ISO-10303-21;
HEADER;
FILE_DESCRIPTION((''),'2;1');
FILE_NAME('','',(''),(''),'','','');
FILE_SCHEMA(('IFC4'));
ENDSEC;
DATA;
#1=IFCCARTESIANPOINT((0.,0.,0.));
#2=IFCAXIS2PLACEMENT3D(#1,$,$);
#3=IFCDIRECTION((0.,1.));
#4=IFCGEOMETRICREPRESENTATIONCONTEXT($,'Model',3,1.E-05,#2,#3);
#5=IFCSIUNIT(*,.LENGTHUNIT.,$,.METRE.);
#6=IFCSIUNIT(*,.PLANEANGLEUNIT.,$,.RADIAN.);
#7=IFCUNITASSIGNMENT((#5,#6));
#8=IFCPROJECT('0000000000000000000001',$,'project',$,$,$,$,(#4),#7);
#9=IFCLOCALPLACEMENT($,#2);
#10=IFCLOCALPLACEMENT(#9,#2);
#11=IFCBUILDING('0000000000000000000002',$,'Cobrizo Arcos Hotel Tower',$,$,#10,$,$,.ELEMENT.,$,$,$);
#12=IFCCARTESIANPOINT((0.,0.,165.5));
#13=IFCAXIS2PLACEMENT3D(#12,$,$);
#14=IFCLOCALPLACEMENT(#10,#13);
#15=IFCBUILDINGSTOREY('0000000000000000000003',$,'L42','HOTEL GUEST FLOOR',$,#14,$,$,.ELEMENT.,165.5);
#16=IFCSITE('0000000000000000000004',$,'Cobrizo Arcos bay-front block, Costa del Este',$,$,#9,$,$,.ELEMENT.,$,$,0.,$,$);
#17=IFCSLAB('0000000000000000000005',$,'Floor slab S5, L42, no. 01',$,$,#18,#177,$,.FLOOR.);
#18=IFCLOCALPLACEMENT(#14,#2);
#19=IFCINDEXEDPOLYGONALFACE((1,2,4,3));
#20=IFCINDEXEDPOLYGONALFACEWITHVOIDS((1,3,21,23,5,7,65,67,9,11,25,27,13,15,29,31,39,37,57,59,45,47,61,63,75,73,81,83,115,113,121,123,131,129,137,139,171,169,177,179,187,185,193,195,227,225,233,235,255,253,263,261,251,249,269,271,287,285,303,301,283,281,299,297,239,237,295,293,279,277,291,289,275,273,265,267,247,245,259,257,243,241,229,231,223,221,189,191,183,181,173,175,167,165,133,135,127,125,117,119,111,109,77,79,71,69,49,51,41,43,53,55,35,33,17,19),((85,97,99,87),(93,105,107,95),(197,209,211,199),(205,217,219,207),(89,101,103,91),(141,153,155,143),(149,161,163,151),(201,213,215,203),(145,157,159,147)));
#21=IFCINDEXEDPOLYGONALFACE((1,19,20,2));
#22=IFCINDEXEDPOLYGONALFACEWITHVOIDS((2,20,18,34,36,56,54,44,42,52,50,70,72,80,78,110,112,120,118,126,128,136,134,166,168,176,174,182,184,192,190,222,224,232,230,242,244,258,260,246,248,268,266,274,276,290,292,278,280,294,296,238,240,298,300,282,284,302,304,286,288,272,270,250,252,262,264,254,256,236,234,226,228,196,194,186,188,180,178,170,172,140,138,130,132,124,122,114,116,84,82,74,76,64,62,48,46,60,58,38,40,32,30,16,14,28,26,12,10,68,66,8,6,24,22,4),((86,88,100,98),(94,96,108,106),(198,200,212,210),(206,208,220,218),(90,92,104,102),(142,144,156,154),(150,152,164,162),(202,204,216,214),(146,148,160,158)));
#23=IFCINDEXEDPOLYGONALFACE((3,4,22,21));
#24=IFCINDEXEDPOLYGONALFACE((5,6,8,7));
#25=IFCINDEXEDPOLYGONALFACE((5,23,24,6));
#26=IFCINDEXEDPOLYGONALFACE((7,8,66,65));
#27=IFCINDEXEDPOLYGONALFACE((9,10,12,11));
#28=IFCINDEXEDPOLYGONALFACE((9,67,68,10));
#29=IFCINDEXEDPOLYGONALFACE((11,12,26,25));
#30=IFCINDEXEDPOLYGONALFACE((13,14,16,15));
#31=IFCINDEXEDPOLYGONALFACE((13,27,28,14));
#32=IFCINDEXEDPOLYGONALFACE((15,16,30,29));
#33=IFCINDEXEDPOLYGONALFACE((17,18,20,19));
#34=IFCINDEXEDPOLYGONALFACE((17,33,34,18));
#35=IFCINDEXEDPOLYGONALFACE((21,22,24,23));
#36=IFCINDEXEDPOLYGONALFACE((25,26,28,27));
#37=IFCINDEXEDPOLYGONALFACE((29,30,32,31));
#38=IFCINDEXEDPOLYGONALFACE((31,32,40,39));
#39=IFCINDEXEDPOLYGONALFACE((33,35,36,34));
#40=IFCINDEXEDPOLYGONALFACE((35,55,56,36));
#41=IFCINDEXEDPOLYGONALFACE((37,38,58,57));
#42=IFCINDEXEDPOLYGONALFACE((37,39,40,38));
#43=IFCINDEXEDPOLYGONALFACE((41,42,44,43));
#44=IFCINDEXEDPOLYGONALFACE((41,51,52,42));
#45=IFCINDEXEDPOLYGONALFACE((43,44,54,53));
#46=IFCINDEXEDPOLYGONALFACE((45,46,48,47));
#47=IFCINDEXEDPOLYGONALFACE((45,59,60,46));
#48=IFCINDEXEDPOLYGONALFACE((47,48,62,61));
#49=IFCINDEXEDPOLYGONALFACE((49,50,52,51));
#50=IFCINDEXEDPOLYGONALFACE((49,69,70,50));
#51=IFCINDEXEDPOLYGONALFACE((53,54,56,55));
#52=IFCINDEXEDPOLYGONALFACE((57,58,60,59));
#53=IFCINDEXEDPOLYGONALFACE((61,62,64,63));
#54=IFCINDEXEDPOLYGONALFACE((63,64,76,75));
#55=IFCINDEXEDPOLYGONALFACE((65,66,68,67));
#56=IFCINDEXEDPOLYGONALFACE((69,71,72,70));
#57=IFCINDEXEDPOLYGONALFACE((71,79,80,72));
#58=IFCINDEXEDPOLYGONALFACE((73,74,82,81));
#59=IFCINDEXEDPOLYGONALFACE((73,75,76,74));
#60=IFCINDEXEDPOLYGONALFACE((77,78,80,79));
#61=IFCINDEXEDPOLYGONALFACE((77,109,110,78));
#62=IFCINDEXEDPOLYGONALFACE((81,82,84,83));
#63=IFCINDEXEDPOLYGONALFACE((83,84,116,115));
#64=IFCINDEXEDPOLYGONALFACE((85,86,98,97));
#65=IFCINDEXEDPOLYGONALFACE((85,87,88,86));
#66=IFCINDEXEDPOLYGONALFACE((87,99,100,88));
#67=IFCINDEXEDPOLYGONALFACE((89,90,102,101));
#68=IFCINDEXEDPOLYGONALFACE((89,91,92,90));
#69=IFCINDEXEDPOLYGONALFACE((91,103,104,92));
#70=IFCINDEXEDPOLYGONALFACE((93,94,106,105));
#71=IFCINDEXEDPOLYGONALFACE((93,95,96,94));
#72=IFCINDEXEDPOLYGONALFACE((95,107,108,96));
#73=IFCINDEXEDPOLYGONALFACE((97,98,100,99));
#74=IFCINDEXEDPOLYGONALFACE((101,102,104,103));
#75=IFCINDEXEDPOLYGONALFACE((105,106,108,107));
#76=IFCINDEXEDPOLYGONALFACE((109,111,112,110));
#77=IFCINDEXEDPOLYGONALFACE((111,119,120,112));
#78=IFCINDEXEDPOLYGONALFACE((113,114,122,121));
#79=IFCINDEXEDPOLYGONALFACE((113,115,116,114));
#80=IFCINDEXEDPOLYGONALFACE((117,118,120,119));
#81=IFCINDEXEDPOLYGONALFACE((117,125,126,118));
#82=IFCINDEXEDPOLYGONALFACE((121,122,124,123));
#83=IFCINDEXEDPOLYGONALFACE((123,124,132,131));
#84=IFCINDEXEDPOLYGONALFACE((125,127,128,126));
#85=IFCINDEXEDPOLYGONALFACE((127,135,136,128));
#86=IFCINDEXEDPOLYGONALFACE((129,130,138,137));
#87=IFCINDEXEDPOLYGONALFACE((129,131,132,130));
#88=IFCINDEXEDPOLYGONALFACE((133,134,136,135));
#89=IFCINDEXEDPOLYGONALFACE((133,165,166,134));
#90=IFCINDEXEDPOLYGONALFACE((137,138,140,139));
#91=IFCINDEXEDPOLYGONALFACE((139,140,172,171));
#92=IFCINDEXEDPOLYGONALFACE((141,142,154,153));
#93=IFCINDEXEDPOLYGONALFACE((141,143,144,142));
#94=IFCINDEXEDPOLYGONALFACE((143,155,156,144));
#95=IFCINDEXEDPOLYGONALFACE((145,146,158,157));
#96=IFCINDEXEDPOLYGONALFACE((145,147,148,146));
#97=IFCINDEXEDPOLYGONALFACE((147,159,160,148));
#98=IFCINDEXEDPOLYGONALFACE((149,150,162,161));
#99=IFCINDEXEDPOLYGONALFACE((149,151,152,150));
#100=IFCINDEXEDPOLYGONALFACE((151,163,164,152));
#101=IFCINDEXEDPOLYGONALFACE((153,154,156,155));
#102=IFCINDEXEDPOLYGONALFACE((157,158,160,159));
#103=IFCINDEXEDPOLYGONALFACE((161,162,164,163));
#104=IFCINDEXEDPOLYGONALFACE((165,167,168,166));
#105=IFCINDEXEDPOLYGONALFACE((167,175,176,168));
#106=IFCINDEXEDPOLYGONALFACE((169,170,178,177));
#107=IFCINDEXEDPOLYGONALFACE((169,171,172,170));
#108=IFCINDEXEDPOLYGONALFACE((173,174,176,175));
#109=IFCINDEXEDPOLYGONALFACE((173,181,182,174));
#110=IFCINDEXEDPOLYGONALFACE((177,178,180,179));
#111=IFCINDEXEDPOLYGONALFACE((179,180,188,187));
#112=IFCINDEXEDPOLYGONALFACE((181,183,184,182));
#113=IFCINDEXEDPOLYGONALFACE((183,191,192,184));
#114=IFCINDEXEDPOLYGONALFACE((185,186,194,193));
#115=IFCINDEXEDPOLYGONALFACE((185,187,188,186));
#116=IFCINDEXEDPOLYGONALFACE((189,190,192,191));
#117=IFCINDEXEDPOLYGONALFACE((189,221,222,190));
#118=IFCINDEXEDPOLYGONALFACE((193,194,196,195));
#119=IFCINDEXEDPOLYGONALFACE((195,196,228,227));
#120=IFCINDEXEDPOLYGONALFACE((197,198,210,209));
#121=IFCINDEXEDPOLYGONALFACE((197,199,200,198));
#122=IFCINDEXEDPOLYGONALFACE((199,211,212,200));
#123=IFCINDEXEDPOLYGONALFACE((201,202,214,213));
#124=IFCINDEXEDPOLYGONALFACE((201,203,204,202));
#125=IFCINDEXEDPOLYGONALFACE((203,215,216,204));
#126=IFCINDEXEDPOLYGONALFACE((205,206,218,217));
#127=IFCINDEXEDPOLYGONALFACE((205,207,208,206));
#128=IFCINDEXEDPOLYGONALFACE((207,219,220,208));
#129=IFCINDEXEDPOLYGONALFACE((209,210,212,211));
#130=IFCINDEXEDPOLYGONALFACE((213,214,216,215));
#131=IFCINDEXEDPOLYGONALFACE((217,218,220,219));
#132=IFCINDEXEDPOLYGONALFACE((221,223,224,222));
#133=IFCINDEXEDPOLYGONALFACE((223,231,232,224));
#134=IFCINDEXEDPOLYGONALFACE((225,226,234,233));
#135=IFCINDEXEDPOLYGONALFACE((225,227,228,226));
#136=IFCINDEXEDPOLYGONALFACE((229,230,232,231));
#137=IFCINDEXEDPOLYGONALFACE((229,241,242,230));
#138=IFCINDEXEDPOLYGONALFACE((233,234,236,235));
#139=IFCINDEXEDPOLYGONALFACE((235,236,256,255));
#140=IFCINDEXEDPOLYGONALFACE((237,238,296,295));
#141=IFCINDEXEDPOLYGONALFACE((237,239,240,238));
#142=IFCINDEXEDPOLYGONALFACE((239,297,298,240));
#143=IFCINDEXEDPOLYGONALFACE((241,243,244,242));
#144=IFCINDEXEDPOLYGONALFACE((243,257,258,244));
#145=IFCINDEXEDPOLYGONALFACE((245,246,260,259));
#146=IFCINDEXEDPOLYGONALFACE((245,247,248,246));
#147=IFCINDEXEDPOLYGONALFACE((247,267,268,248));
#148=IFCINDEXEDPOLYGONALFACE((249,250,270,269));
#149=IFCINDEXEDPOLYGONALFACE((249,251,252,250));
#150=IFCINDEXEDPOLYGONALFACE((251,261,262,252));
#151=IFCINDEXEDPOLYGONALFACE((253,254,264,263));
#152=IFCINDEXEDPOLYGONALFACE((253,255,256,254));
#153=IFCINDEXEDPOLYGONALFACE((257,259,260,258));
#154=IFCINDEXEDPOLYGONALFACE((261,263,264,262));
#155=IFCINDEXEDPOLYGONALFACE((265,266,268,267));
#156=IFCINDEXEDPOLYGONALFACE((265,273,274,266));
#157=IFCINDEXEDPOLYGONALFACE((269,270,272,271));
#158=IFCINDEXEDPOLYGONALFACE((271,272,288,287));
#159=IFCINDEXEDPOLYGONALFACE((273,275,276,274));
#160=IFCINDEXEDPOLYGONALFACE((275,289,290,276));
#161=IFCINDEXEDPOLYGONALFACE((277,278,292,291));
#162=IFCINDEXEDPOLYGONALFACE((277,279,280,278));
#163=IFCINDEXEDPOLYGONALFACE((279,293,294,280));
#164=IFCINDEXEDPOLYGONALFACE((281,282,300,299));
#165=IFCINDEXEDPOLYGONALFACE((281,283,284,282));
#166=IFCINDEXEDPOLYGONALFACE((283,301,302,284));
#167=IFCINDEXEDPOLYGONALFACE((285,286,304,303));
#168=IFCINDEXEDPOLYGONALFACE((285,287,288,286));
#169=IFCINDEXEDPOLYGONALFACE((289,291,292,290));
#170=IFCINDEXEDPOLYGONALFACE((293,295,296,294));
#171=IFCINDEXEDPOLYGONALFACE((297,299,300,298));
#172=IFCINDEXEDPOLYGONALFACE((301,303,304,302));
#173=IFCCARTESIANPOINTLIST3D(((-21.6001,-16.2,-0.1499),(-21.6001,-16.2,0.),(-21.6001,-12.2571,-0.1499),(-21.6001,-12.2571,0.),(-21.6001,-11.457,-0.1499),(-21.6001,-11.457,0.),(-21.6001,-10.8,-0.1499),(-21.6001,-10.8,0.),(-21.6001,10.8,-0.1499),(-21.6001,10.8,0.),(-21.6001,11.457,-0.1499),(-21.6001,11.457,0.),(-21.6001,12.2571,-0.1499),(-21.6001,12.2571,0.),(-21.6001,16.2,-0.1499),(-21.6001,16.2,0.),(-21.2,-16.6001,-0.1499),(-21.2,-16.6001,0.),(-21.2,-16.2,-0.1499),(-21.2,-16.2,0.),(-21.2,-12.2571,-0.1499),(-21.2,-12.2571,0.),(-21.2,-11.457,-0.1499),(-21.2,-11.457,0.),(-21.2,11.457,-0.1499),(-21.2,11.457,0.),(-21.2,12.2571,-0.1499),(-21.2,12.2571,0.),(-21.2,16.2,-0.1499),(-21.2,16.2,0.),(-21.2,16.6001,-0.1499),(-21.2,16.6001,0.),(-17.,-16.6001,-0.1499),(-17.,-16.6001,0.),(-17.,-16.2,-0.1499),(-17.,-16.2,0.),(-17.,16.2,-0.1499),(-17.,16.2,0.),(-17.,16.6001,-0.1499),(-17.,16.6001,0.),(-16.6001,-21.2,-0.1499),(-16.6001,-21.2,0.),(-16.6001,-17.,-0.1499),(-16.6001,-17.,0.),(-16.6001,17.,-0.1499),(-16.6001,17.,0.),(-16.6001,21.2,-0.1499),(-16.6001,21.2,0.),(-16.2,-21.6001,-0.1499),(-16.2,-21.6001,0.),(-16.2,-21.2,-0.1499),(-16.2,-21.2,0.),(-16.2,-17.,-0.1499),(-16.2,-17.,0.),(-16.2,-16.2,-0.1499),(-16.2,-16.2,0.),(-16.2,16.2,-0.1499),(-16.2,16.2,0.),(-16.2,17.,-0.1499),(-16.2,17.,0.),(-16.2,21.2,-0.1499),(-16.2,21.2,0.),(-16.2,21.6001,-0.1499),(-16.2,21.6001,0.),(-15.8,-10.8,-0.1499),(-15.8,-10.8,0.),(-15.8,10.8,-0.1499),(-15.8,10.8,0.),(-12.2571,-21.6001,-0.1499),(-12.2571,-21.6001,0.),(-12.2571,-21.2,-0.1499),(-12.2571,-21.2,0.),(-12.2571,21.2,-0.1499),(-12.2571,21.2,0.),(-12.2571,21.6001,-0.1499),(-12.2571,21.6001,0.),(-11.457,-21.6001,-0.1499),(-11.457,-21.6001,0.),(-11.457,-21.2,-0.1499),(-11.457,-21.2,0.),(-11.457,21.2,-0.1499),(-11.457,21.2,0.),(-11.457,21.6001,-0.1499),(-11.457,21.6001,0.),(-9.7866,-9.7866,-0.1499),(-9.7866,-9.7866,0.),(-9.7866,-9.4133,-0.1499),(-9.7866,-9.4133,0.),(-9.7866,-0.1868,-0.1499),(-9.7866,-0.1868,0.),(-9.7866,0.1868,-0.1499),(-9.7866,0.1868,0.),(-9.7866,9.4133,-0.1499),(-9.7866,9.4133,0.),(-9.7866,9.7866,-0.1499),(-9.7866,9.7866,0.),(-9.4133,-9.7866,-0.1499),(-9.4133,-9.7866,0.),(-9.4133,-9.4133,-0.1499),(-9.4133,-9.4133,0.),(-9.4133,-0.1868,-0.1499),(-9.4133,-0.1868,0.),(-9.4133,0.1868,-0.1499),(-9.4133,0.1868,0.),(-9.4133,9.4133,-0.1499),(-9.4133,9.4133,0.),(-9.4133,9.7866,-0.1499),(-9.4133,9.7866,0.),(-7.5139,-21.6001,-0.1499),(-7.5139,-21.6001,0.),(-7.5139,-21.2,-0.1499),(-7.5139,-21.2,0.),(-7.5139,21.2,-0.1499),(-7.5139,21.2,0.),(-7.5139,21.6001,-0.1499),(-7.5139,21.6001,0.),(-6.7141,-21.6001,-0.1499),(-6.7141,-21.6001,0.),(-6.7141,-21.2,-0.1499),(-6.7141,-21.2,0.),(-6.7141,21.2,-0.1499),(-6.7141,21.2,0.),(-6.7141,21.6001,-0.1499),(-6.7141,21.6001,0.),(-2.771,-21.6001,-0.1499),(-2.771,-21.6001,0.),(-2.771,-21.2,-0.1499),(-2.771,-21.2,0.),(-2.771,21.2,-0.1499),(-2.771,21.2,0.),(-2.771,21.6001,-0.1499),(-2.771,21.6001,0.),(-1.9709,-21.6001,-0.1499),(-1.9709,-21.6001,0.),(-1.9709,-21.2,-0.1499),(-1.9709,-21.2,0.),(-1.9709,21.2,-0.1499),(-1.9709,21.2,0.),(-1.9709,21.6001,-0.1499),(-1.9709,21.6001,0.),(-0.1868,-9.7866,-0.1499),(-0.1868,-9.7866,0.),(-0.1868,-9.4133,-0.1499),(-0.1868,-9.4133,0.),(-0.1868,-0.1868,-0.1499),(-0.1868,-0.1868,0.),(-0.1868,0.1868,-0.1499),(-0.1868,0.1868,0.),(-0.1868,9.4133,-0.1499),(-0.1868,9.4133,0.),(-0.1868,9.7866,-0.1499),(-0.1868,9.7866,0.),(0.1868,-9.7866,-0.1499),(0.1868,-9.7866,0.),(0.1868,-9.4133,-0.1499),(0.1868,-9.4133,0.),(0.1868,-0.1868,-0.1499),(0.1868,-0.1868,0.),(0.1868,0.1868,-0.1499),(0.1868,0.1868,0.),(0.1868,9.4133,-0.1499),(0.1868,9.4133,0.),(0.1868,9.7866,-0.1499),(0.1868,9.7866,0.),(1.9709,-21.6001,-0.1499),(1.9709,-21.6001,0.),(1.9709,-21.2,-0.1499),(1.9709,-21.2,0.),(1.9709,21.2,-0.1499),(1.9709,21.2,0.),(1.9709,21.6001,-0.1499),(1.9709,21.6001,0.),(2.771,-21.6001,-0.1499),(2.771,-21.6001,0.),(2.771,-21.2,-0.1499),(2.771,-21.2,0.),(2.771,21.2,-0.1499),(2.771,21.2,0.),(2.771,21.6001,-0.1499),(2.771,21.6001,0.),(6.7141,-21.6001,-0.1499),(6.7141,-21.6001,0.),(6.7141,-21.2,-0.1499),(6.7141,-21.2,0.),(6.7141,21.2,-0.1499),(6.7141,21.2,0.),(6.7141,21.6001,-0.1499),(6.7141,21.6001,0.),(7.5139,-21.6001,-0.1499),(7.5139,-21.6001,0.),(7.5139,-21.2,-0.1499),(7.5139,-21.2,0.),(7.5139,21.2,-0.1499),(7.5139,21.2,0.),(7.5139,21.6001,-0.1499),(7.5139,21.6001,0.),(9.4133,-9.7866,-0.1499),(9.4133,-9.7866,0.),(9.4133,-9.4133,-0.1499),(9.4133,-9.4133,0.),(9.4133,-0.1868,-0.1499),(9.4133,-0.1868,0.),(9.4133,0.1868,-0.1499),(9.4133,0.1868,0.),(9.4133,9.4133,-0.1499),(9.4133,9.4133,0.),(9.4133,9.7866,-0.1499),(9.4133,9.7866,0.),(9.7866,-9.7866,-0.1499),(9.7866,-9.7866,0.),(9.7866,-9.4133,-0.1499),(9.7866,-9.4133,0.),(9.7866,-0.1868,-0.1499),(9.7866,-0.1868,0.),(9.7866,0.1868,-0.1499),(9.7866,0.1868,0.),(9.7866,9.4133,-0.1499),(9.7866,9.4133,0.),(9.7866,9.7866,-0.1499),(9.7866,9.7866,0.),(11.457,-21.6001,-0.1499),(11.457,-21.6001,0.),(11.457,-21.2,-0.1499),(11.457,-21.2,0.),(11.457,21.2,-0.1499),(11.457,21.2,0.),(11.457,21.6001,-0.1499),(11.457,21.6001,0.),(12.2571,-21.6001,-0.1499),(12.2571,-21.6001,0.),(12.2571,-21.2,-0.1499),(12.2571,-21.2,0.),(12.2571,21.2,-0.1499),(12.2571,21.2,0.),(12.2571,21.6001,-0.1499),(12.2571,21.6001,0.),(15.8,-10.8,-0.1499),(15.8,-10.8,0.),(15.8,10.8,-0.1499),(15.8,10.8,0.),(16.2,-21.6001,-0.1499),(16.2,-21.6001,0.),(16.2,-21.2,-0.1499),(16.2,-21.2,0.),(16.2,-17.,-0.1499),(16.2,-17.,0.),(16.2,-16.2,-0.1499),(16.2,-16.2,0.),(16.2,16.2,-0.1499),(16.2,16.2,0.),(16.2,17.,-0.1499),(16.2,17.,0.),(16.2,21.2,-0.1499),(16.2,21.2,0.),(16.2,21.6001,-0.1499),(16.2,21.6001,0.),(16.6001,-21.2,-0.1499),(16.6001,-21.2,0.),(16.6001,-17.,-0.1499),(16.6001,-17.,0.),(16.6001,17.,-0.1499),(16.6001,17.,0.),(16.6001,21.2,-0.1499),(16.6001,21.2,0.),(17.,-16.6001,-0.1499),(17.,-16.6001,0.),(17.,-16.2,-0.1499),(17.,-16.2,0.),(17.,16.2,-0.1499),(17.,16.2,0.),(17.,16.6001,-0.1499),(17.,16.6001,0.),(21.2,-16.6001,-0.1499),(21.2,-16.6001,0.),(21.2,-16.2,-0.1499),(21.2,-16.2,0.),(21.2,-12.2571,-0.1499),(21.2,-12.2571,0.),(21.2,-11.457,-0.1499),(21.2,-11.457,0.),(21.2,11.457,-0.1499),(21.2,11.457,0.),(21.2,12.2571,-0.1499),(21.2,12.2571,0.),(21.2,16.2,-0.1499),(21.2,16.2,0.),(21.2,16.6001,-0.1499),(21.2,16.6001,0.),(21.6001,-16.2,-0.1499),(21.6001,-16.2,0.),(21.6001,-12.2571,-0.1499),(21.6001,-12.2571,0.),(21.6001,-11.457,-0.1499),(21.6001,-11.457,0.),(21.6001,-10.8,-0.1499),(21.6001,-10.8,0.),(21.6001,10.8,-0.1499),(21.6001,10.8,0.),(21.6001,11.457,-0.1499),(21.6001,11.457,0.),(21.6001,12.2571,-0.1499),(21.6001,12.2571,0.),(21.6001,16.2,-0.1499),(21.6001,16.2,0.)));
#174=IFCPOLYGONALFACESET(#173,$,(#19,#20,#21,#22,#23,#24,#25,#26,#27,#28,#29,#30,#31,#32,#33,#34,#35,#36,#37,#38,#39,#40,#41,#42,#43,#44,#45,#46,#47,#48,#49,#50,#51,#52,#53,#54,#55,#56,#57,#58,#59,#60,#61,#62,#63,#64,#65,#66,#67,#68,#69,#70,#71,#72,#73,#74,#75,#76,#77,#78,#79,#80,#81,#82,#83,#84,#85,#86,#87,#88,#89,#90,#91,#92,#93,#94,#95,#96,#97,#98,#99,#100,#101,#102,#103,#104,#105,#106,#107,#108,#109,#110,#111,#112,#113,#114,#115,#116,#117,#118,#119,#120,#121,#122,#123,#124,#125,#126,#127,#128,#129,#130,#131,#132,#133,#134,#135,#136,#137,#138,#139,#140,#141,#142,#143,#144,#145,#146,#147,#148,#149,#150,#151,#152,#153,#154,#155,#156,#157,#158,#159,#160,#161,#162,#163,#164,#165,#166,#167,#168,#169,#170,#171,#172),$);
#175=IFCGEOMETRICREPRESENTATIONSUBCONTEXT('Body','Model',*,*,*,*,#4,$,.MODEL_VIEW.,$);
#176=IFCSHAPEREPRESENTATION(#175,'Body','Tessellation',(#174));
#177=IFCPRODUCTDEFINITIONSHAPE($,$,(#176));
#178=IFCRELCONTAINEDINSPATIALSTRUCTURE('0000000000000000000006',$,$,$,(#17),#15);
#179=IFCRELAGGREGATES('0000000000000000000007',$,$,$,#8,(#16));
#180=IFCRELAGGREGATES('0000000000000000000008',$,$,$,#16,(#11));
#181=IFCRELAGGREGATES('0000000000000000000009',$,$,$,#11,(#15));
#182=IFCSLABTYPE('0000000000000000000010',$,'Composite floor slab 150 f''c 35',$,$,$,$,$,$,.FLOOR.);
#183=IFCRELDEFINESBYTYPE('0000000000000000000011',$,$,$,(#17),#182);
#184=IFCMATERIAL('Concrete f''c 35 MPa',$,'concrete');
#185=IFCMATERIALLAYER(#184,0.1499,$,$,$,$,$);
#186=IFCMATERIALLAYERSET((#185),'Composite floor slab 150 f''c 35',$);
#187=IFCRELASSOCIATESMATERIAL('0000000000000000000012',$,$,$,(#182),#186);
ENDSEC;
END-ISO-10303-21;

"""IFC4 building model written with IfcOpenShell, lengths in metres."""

from ifc_helpers import new_model, si_unit, direction, frame, origin, place, context, subcontext, project, spatial, polyline, outline, extrude, material, layer, layer_set, type_object, element, save


model = new_model("IFC4")

# Units and contexts
model_context = context("Model", 3, precision=1e-05, world=origin(), true_north=direction((0.0, 1.0)))
body_context = subcontext(model_context, "Body", "Model", "MODEL_VIEW")
ifc_project = project(units=[si_unit("LENGTHUNIT", "METRE"), si_unit("PLANEANGLEUNIT", "RADIAN")], contexts=[model_context])

# Site, building, storey
site_placement = place(None, origin())
site = spatial("IfcSite", under=ifc_project, at=site_placement, Name="Cobrizo Arcos bay-front block, Costa del Este", CompositionType="ELEMENT", RefElevation=0.0)
building_placement = place(site_placement, origin())
building = spatial("IfcBuilding", under=site, at=building_placement, Name="Cobrizo Arcos Hotel Tower", CompositionType="ELEMENT")
storey_placement = place(building_placement, frame((0.0, 0.0, 165.5)))
storey = spatial("IfcBuildingStorey", under=building, at=storey_placement, Name="L42", Description="HOTEL GUEST FLOOR", CompositionType="ELEMENT", Elevation=165.5)

# Slab
ifc_material_1 = material(Name="Concrete f'c 35 MPa", Category="concrete")
ifc_layer_1 = layer(ifc_material_1, 0.1499)
ifc_layer_set_1 = layer_set([ifc_layer_1], Name="Composite floor slab 150 f'c 35")
slab_type_1 = type_object("IfcSlabType", Name="Composite floor slab 150 f'c 35", PredefinedType="FLOOR", material=ifc_layer_set_1)
slab_1_placement = place(storey_placement, frame((0.0, 0.0, -0.1499)))
element("IfcSlab", 1, at=slab_1_placement, inside=storey, type_object=slab_type_1, Name="Floor slab S5, L42, no. 01", PredefinedType="FLOOR", context=body_context, shape_type="SweptSolid", body=[
    extrude(outline(polyline([(-16.2, -21.6001), (-16.2, -21.2), (-16.6001, -21.2), (-16.6001, -17.0), (-16.2, -17.0), (-16.2, -16.2), (-17.0, -16.2), (-17.0, -16.6001), (-21.2, -16.6001), (-21.2, -16.2), (-21.6001, -16.2), (-21.6001, -12.2571), (-21.2, -12.2571), (-21.2, -11.457), (-21.6001, -11.457), (-21.6001, -10.8), (-15.8, -10.8), (-15.8, 10.8), (-21.6001, 10.8), (-21.6001, 11.457), (-21.2, 11.457), (-21.2, 12.2571), (-21.6001, 12.2571), (-21.6001, 16.2), (-21.2, 16.2), (-21.2, 16.6001), (-17.0, 16.6001), (-17.0, 16.2), (-16.2, 16.2), (-16.2, 17.0), (-16.6001, 17.0), (-16.6001, 21.2), (-16.2, 21.2), (-16.2, 21.6001), (-12.2571, 21.6001), (-12.2571, 21.2), (-11.457, 21.2), (-11.457, 21.6001), (-7.5139, 21.6001), (-7.5139, 21.2), (-6.7141, 21.2), (-6.7141, 21.6001), (-2.771, 21.6001), (-2.771, 21.2), (-1.9709, 21.2), (-1.9709, 21.6001), (1.9709, 21.6001), (1.9709, 21.2), (2.771, 21.2), (2.771, 21.6001), (6.7141, 21.6001), (6.7141, 21.2), (7.5139, 21.2), (7.5139, 21.6001), (11.457, 21.6001), (11.457, 21.2), (12.2571, 21.2), (12.2571, 21.6001), (16.2, 21.6001), (16.2, 21.2), (16.6001, 21.2), (16.6001, 17.0), (16.2, 17.0), (16.2, 16.2), (17.0, 16.2), (17.0, 16.6001), (21.2, 16.6001), (21.2, 16.2), (21.6001, 16.2), (21.6001, 12.2571), (21.2, 12.2571), (21.2, 11.457), (21.6001, 11.457), (21.6001, 10.8), (15.8, 10.8), (15.8, -10.8), (21.6001, -10.8), (21.6001, -11.457), (21.2, -11.457), (21.2, -12.2571), (21.6001, -12.2571), (21.6001, -16.2), (21.2, -16.2), (21.2, -16.6001), (17.0, -16.6001), (17.0, -16.2), (16.2, -16.2), (16.2, -17.0), (16.6001, -17.0), (16.6001, -21.2), (16.2, -21.2), (16.2, -21.6001), (12.2571, -21.6001), (12.2571, -21.2), (11.457, -21.2), (11.457, -21.6001), (7.5139, -21.6001), (7.5139, -21.2), (6.7141, -21.2), (6.7141, -21.6001), (2.771, -21.6001), (2.771, -21.2), (1.9709, -21.2), (1.9709, -21.6001), (-1.9709, -21.6001), (-1.9709, -21.2), (-2.771, -21.2), (-2.771, -21.6001), (-6.7141, -21.6001), (-6.7141, -21.2), (-7.5139, -21.2), (-7.5139, -21.6001), (-11.457, -21.6001), (-11.457, -21.2), (-12.2571, -21.2), (-12.2571, -21.6001), (-16.2, -21.6001)]), holes=[polyline([(-0.1868, -9.7866), (0.1868, -9.7866), (0.1868, -9.4133), (-0.1868, -9.4133), (-0.1868, -9.7866)]), polyline([(-9.7866, -9.7866), (-9.4133, -9.7866), (-9.4133, -9.4133), (-9.7866, -9.4133), (-9.7866, -9.7866)]), polyline([(-9.4133, -0.1868), (-9.4133, 0.1868), (-9.7866, 0.1868), (-9.7866, -0.1868), (-9.4133, -0.1868)]), polyline([(0.1868, -0.1868), (0.1868, 0.1868), (-0.1868, 0.1868), (-0.1868, -0.1868), (0.1868, -0.1868)]), polyline([(-9.7866, 9.4133), (-9.4133, 9.4133), (-9.4133, 9.7866), (-9.7866, 9.7866), (-9.7866, 9.4133)]), polyline([(9.4133, -9.7866), (9.7866, -9.7866), (9.7866, -9.4133), (9.4133, -9.4133), (9.4133, -9.7866)]), polyline([(9.4133, -0.1868), (9.7866, -0.1868), (9.7866, 0.1868), (9.4133, 0.1868), (9.4133, -0.1868)]), polyline([(9.7866, 9.4133), (9.7866, 9.7866), (9.4133, 9.7866), (9.4133, 9.4133), (9.7866, 9.4133)]), polyline([(0.1868, 9.4133), (0.1868, 9.7866), (-0.1868, 9.7866), (-0.1868, 9.4133), (0.1868, 9.4133)])]), origin(), (0.0, 0.0, 1.0), 0.1499),
])

save(model, "model.ifc")
